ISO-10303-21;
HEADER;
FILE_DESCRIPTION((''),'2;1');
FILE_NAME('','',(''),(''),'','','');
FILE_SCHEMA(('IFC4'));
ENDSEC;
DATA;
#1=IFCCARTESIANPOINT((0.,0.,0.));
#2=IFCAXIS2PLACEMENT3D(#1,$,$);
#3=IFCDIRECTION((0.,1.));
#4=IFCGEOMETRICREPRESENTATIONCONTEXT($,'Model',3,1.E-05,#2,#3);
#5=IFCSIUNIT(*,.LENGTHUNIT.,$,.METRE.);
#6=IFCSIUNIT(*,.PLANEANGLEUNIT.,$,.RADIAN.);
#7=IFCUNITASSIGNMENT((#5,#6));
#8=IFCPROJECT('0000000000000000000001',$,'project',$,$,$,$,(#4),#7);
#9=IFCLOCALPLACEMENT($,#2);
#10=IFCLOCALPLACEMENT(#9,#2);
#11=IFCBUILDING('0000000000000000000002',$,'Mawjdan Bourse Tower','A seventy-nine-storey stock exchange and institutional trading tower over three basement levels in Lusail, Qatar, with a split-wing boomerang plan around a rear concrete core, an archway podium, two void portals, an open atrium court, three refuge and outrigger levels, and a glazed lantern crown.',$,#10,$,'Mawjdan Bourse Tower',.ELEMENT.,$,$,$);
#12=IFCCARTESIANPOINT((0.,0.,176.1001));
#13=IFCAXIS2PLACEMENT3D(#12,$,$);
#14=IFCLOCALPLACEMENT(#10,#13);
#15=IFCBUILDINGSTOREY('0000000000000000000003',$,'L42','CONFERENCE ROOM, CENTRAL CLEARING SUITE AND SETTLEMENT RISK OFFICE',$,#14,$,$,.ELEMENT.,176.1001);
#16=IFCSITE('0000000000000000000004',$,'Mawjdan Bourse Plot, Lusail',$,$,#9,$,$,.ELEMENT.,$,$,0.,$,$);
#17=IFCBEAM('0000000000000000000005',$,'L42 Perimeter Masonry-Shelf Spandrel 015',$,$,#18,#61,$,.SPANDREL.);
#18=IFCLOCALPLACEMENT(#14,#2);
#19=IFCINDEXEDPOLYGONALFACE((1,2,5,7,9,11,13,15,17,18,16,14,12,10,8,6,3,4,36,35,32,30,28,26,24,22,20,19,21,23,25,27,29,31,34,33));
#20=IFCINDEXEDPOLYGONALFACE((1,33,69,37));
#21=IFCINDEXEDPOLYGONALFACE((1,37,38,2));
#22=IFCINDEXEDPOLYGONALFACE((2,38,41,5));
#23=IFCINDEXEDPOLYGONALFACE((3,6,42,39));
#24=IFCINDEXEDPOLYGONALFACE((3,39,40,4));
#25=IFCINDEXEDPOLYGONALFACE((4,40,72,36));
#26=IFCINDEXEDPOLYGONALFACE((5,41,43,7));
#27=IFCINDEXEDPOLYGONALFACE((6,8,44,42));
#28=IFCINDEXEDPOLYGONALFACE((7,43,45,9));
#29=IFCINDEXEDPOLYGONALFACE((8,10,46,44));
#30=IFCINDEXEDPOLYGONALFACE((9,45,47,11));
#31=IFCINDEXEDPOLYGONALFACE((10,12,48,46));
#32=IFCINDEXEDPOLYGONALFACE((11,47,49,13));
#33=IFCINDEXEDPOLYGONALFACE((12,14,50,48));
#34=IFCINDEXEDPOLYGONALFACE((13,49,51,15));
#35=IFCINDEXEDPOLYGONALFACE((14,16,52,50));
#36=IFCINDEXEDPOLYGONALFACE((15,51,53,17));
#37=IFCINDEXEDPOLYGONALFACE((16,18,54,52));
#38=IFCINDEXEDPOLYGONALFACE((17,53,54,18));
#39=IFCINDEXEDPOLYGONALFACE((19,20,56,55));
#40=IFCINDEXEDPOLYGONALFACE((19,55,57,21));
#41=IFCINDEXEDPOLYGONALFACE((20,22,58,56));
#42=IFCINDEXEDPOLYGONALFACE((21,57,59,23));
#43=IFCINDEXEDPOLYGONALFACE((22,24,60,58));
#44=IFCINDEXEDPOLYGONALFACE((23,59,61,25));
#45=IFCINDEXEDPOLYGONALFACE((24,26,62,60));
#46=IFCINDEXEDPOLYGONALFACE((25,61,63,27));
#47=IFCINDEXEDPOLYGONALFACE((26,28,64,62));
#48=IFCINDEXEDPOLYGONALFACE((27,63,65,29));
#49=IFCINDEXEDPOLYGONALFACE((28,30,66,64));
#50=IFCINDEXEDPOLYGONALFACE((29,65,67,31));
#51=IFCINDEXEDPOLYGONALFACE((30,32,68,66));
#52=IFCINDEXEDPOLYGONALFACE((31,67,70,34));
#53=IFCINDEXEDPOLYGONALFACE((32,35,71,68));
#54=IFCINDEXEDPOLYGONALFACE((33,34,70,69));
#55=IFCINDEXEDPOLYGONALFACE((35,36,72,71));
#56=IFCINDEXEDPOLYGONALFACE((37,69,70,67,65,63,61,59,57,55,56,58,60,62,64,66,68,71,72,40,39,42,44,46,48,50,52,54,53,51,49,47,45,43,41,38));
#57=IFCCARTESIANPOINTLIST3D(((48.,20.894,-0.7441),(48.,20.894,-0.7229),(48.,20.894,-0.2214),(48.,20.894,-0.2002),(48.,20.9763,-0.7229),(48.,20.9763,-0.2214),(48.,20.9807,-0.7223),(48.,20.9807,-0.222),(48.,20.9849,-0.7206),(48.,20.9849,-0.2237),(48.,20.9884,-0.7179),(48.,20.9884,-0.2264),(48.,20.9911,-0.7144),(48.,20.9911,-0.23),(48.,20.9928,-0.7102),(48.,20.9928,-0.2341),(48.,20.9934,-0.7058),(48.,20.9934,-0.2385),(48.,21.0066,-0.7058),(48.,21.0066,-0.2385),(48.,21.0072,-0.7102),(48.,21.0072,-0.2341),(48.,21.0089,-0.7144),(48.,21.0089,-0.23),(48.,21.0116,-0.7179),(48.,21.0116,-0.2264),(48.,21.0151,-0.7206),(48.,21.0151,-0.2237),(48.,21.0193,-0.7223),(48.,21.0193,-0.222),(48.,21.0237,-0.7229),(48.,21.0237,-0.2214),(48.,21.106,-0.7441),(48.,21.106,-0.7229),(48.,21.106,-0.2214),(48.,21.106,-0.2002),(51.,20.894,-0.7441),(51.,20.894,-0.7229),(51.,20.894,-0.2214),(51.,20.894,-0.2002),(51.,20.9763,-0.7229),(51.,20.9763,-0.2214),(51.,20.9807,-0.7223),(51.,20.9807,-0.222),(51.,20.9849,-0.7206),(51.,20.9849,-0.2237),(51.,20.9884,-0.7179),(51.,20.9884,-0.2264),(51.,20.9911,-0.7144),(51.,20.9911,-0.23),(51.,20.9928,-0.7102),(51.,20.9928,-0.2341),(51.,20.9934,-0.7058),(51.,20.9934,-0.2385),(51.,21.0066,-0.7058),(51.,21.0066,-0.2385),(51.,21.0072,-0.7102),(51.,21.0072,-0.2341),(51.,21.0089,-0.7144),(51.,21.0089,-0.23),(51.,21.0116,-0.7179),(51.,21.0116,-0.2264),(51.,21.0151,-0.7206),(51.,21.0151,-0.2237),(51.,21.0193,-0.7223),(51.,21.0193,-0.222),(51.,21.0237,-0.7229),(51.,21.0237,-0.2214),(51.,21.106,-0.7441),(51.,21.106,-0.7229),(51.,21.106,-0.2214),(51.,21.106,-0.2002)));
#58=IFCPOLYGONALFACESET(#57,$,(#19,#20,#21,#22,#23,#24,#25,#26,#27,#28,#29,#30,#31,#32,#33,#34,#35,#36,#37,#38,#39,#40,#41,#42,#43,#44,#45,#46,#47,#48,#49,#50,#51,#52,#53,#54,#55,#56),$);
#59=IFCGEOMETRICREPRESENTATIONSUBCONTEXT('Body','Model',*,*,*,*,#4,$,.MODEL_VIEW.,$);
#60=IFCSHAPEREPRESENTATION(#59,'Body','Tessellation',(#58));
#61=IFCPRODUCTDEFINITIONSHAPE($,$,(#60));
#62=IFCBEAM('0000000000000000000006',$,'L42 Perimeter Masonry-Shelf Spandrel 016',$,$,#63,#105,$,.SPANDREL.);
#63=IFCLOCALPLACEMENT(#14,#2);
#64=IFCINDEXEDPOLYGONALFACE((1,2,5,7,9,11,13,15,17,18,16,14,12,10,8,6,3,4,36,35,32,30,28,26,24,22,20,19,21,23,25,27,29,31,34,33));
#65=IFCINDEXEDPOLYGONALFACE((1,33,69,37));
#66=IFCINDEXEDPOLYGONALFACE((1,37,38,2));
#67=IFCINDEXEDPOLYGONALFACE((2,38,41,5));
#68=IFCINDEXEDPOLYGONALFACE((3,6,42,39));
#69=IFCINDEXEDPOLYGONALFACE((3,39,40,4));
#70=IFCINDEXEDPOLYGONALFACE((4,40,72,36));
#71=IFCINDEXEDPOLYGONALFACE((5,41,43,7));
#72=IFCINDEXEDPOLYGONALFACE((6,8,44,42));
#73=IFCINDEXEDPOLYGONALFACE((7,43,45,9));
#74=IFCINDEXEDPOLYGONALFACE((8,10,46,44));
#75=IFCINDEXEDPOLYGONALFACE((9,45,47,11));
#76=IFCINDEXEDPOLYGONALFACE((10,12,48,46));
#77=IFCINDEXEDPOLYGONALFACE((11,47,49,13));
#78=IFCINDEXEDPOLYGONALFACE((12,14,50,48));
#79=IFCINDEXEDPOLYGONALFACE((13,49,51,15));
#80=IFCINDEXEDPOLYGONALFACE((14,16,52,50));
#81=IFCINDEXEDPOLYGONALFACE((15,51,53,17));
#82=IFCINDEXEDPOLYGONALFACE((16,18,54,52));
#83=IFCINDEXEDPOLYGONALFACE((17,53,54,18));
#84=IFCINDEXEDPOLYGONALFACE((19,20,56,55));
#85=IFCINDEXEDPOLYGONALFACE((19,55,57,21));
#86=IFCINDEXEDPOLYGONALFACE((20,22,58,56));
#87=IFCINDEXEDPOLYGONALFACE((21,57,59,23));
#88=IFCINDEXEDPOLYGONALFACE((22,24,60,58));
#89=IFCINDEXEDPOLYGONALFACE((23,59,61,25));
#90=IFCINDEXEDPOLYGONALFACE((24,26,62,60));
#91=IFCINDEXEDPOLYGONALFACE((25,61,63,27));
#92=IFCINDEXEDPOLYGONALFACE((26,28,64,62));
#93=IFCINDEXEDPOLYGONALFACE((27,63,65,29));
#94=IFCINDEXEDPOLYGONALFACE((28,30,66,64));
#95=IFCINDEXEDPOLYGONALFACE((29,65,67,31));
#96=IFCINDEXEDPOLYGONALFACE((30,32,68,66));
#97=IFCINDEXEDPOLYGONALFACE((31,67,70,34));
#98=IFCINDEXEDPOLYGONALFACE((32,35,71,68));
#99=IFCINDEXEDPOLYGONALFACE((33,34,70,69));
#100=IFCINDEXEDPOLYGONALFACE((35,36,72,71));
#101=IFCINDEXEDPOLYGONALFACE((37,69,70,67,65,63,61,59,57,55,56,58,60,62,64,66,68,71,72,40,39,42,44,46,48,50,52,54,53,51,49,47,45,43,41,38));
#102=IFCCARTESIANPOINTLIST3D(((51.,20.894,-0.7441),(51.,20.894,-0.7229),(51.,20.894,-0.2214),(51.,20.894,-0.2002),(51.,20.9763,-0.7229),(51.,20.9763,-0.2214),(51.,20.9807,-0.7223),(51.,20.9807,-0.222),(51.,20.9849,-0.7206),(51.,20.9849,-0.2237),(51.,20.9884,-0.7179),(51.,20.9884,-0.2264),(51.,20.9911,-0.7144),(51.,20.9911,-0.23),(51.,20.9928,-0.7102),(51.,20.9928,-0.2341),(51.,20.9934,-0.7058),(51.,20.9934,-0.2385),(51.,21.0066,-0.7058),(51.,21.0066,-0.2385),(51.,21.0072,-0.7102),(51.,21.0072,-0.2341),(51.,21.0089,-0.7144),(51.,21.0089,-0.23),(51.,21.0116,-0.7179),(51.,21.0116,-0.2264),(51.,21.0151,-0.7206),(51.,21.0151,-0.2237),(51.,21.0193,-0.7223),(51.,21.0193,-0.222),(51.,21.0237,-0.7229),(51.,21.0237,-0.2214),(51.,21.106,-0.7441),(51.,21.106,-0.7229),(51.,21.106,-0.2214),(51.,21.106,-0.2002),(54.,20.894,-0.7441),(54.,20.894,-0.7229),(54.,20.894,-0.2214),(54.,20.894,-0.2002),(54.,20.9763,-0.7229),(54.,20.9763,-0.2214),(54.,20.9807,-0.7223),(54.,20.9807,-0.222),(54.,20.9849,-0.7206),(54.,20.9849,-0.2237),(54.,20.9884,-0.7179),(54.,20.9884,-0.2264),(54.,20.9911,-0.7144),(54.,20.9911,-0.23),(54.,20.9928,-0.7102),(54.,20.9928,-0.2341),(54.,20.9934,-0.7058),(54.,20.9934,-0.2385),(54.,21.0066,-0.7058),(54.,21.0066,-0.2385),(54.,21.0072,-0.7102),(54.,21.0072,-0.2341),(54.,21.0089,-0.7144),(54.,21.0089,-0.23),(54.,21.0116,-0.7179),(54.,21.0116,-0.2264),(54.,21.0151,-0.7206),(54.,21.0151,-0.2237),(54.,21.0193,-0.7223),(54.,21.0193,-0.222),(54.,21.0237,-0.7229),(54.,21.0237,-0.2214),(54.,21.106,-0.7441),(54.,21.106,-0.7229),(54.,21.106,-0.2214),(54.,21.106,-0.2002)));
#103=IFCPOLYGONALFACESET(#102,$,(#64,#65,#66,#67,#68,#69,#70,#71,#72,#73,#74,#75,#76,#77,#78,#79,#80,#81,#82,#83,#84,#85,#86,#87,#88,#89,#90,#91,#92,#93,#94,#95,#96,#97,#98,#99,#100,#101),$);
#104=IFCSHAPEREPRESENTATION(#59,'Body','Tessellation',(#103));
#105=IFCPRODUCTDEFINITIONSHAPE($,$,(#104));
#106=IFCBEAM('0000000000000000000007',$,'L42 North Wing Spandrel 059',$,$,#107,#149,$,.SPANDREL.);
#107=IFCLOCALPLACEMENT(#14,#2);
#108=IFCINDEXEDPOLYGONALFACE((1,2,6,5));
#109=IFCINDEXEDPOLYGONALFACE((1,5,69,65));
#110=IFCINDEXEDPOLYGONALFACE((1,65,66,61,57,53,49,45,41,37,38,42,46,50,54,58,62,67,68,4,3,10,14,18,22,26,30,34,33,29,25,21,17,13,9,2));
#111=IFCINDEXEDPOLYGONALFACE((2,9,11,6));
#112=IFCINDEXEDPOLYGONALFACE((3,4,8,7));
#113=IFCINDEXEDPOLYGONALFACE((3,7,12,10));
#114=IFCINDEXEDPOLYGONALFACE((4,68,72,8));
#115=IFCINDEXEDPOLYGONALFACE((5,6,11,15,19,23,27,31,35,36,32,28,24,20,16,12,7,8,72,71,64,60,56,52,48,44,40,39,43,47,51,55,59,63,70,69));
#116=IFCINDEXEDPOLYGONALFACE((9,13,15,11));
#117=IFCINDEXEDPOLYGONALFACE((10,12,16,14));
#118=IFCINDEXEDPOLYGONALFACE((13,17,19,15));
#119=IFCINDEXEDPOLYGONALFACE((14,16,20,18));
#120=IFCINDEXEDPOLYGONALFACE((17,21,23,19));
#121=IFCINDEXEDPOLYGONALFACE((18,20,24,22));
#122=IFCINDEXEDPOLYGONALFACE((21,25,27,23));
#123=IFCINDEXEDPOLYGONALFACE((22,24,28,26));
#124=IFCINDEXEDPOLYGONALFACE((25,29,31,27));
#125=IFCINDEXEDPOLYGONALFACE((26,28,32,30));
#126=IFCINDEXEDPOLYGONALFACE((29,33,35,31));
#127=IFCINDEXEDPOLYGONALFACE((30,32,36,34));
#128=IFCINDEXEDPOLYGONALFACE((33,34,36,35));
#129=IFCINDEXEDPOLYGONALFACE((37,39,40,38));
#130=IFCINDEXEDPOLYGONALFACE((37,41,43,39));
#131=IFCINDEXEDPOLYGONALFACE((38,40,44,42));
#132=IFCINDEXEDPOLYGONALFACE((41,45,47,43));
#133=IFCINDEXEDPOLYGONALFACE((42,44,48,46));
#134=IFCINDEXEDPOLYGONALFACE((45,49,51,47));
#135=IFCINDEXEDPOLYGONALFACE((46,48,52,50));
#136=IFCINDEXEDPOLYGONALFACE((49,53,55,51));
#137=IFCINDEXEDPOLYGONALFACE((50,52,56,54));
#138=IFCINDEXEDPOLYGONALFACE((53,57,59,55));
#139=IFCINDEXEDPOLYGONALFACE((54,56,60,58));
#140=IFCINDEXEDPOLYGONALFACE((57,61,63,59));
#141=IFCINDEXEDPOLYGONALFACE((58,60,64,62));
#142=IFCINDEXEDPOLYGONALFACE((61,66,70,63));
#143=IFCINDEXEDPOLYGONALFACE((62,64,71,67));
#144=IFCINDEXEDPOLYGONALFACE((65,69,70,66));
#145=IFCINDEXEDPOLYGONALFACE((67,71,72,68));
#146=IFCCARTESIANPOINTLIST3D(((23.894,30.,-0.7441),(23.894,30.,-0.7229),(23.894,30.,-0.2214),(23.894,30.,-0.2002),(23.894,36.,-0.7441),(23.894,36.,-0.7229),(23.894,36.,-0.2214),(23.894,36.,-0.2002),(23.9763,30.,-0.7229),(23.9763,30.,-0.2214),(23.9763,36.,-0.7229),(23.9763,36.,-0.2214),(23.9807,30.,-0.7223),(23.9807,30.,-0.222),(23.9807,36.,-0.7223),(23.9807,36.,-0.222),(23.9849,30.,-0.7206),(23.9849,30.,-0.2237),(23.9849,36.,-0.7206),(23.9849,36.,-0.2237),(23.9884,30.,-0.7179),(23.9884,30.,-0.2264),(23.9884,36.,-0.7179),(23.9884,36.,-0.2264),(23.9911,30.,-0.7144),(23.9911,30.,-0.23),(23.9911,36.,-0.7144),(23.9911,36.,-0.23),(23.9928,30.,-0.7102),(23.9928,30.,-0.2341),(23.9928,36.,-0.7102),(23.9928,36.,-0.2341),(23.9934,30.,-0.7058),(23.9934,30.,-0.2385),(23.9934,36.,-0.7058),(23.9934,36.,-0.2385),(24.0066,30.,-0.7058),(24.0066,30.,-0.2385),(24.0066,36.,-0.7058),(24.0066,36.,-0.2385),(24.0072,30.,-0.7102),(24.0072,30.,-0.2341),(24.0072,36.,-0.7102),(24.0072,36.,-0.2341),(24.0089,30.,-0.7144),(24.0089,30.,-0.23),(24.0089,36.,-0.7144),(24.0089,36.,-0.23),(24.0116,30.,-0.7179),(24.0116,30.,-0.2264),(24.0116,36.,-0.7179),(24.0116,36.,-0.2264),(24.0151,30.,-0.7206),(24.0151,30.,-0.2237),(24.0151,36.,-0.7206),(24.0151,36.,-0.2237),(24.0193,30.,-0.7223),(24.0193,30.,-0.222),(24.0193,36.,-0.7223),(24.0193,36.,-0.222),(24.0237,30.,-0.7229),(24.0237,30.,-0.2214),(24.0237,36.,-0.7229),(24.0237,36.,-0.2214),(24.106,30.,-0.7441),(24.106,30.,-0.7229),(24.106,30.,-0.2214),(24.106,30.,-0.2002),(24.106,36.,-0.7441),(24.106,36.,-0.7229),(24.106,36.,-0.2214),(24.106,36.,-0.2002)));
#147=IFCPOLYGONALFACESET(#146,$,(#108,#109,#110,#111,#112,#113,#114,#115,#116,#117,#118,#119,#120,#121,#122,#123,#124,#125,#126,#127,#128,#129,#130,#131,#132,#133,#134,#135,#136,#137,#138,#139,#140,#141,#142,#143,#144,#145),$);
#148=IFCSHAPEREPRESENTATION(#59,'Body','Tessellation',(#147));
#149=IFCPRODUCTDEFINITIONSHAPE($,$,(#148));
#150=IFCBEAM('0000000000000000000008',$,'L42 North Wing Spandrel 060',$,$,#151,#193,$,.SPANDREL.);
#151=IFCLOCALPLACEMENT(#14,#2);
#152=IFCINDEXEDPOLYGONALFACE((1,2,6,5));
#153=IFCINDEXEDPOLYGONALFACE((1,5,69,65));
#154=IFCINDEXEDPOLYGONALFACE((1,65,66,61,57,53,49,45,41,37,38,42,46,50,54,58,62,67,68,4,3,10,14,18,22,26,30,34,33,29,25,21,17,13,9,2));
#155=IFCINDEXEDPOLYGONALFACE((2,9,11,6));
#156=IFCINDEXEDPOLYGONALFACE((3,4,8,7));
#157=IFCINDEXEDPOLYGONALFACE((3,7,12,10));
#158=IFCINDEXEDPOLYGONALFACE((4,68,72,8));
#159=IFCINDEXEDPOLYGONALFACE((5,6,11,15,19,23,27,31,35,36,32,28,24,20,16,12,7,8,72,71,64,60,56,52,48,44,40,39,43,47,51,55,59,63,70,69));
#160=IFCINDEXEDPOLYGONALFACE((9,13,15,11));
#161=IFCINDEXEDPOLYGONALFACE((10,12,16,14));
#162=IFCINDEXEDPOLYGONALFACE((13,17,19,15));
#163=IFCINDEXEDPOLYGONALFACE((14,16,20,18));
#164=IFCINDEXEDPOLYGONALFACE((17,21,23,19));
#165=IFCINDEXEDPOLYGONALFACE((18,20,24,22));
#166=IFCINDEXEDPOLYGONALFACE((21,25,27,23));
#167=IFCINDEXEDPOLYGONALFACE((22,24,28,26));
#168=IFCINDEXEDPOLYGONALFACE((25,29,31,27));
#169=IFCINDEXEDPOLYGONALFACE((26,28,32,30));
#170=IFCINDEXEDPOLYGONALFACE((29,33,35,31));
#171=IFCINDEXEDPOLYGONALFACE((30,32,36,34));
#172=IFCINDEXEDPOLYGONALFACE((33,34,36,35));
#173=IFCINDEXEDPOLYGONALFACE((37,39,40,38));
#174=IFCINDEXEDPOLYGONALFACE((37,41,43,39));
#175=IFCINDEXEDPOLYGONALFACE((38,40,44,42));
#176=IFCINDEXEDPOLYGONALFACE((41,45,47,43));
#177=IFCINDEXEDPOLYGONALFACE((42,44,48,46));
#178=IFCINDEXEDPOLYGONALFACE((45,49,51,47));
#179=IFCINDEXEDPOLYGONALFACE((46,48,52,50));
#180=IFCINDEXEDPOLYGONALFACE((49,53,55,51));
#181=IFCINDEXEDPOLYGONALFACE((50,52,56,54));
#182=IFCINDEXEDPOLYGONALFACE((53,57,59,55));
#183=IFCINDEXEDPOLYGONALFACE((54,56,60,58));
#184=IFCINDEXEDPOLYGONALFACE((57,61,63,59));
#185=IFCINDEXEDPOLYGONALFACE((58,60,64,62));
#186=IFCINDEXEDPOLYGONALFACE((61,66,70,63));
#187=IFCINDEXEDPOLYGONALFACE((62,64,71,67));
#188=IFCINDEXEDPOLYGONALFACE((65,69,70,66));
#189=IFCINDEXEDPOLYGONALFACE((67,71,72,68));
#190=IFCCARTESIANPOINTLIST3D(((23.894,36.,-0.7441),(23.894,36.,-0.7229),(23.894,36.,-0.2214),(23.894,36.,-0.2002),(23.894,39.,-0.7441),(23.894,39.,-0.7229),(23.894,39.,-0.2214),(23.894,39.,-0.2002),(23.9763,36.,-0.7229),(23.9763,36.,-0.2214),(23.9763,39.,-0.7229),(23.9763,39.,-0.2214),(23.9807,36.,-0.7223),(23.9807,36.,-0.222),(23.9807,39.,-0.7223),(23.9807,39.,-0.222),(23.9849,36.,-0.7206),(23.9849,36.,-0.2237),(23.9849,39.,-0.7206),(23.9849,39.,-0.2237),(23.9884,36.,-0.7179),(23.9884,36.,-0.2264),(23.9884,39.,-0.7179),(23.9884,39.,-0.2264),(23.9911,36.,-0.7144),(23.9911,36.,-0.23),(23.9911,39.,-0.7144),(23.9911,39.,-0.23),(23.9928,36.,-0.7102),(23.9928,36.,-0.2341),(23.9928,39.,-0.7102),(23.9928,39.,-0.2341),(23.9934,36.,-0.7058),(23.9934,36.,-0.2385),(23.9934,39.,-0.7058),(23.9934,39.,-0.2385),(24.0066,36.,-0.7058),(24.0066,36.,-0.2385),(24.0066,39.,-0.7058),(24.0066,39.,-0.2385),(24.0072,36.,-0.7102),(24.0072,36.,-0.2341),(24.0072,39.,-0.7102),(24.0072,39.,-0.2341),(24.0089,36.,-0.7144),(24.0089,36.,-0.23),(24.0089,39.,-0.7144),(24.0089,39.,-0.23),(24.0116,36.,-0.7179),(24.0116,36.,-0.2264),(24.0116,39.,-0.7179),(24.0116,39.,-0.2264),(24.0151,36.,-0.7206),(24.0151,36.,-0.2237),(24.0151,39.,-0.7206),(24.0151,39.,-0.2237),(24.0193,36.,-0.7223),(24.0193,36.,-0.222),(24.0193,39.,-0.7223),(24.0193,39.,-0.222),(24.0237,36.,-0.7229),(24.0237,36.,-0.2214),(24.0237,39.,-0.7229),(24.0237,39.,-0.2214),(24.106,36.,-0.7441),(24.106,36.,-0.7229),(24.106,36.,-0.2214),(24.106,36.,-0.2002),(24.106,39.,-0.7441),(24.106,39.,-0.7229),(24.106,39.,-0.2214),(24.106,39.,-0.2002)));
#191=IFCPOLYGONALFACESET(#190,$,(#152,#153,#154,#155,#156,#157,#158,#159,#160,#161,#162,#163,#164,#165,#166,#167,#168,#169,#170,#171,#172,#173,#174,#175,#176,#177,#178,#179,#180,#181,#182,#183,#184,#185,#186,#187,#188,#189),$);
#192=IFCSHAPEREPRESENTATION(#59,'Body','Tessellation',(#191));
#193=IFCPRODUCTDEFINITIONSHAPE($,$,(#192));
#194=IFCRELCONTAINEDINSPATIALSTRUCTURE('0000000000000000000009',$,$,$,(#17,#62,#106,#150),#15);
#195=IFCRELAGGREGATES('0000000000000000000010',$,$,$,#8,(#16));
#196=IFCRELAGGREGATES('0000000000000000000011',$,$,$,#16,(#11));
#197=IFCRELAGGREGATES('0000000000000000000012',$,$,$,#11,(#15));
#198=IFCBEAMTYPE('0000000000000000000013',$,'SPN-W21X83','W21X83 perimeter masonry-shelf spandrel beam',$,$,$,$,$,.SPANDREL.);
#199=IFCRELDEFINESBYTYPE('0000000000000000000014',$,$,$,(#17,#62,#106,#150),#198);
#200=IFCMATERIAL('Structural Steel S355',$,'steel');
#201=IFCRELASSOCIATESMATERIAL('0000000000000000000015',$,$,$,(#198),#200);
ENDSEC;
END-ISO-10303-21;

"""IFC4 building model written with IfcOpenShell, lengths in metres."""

from ifc_helpers import new_model, si_unit, direction, frame, origin, origin_2d, place, context, subcontext, project, spatial, i_section, extrude, material, material_profile, profile_set, type_object, element, save


model = new_model("IFC4")

# Units and contexts
model_context = context("Model", 3, precision=1e-05, world=origin(), true_north=direction((0.0, 1.0)))
body_context = subcontext(model_context, "Body", "Model", "MODEL_VIEW")
ifc_project = project(units=[si_unit("LENGTHUNIT", "METRE"), si_unit("PLANEANGLEUNIT", "RADIAN")], contexts=[model_context])

# Site, building, storey
site_placement = place(None, origin())
site = spatial("IfcSite", under=ifc_project, at=site_placement, Name="Mawjdan Bourse Plot, Lusail", CompositionType="ELEMENT", RefElevation=0.0)
building_placement = place(site_placement, origin())
building = spatial("IfcBuilding", under=site, at=building_placement, Name="Mawjdan Bourse Tower", Description="A seventy-nine-storey stock exchange and institutional trading tower over three basement levels in Lusail, Qatar, with a split-wing boomerang plan around a rear concrete core, an archway podium, two void portals, an open atrium court, three refuge and outrigger levels, and a glazed lantern crown.", LongName="Mawjdan Bourse Tower", CompositionType="ELEMENT")
storey_placement = place(building_placement, frame((0.0, 0.0, 176.1001)))
storey = spatial("IfcBuildingStorey", under=building, at=storey_placement, Name="L42", Description="CONFERENCE ROOM, CENTRAL CLEARING SUITE AND SETTLEMENT RISK OFFICE", CompositionType="ELEMENT", Elevation=176.1001)

# Beams
ifc_material_1 = material(Name="Structural Steel S355", Category="steel")
ifc_material_profile_1 = material_profile(ifc_material_1, i_section(OverallWidth=0.2119, OverallDepth=0.5439, WebThickness=0.0132, FlangeThickness=0.0212, FilletRadius=0.0171, at=origin_2d()), Name="W21X83")
ifc_profile_set_1 = profile_set([ifc_material_profile_1], Name="Structural Steel S355")
beam_type_1 = type_object("IfcBeamType", Name="SPN-W21X83", Description="W21X83 perimeter masonry-shelf spandrel beam", PredefinedType="SPANDREL", material=ifc_profile_set_1)
for number, where, z_axis, x_axis, name in (
    (1, (48.0, 21.0, -0.4722), (1.0, 0.0, 0.0), (0.0, 1.0, 0.0), "L42 Perimeter Masonry-Shelf Spandrel 015"),
    (2, (51.0, 21.0, -0.4722), (1.0, 0.0, 0.0), (0.0, 1.0, 0.0), "L42 Perimeter Masonry-Shelf Spandrel 016"),
):
    element("IfcBeam", number, at=place(storey_placement, frame(where, z_axis=z_axis, x_axis=x_axis)), inside=storey, type_object=beam_type_1, Name=name, PredefinedType="SPANDREL", context=body_context, shape_type="SweptSolid", body=[
        extrude(i_section(OverallWidth=0.2119, OverallDepth=0.5439, WebThickness=0.0132, FlangeThickness=0.0212, FilletRadius=0.0171, at=origin_2d()), origin(), (0.0, 0.0, 1.0), 3.0),
    ])
beam_1_placement = place(storey_placement, frame((24.0, 30.0, -0.4722), z_axis=(0.0, 1.0, 0.0), x_axis=(-1.0, 0.0, 0.0)))
element("IfcBeam", 3, at=beam_1_placement, inside=storey, type_object=beam_type_1, Name="L42 North Wing Spandrel 059", PredefinedType="SPANDREL", context=body_context, shape_type="SweptSolid", body=[
    extrude(i_section(OverallWidth=0.2119, OverallDepth=0.5439, WebThickness=0.0132, FlangeThickness=0.0212, FilletRadius=0.0171, at=origin_2d()), origin(), (0.0, 0.0, 1.0), 6.0),
])
for number, where, z_axis, x_axis, name in (
    (4, (24.0, 36.0, -0.4722), (0.0, 1.0, 0.0), (-1.0, 0.0, 0.0), "L42 North Wing Spandrel 060"),
):
    element("IfcBeam", number, at=place(storey_placement, frame(where, z_axis=z_axis, x_axis=x_axis)), inside=storey, type_object=beam_type_1, Name=name, PredefinedType="SPANDREL", context=body_context, shape_type="SweptSolid", body=[
        extrude(i_section(OverallWidth=0.2119, OverallDepth=0.5439, WebThickness=0.0132, FlangeThickness=0.0212, FilletRadius=0.0171, at=origin_2d()), origin(), (0.0, 0.0, 1.0), 3.0),
    ])

save(model, "model.ifc")
